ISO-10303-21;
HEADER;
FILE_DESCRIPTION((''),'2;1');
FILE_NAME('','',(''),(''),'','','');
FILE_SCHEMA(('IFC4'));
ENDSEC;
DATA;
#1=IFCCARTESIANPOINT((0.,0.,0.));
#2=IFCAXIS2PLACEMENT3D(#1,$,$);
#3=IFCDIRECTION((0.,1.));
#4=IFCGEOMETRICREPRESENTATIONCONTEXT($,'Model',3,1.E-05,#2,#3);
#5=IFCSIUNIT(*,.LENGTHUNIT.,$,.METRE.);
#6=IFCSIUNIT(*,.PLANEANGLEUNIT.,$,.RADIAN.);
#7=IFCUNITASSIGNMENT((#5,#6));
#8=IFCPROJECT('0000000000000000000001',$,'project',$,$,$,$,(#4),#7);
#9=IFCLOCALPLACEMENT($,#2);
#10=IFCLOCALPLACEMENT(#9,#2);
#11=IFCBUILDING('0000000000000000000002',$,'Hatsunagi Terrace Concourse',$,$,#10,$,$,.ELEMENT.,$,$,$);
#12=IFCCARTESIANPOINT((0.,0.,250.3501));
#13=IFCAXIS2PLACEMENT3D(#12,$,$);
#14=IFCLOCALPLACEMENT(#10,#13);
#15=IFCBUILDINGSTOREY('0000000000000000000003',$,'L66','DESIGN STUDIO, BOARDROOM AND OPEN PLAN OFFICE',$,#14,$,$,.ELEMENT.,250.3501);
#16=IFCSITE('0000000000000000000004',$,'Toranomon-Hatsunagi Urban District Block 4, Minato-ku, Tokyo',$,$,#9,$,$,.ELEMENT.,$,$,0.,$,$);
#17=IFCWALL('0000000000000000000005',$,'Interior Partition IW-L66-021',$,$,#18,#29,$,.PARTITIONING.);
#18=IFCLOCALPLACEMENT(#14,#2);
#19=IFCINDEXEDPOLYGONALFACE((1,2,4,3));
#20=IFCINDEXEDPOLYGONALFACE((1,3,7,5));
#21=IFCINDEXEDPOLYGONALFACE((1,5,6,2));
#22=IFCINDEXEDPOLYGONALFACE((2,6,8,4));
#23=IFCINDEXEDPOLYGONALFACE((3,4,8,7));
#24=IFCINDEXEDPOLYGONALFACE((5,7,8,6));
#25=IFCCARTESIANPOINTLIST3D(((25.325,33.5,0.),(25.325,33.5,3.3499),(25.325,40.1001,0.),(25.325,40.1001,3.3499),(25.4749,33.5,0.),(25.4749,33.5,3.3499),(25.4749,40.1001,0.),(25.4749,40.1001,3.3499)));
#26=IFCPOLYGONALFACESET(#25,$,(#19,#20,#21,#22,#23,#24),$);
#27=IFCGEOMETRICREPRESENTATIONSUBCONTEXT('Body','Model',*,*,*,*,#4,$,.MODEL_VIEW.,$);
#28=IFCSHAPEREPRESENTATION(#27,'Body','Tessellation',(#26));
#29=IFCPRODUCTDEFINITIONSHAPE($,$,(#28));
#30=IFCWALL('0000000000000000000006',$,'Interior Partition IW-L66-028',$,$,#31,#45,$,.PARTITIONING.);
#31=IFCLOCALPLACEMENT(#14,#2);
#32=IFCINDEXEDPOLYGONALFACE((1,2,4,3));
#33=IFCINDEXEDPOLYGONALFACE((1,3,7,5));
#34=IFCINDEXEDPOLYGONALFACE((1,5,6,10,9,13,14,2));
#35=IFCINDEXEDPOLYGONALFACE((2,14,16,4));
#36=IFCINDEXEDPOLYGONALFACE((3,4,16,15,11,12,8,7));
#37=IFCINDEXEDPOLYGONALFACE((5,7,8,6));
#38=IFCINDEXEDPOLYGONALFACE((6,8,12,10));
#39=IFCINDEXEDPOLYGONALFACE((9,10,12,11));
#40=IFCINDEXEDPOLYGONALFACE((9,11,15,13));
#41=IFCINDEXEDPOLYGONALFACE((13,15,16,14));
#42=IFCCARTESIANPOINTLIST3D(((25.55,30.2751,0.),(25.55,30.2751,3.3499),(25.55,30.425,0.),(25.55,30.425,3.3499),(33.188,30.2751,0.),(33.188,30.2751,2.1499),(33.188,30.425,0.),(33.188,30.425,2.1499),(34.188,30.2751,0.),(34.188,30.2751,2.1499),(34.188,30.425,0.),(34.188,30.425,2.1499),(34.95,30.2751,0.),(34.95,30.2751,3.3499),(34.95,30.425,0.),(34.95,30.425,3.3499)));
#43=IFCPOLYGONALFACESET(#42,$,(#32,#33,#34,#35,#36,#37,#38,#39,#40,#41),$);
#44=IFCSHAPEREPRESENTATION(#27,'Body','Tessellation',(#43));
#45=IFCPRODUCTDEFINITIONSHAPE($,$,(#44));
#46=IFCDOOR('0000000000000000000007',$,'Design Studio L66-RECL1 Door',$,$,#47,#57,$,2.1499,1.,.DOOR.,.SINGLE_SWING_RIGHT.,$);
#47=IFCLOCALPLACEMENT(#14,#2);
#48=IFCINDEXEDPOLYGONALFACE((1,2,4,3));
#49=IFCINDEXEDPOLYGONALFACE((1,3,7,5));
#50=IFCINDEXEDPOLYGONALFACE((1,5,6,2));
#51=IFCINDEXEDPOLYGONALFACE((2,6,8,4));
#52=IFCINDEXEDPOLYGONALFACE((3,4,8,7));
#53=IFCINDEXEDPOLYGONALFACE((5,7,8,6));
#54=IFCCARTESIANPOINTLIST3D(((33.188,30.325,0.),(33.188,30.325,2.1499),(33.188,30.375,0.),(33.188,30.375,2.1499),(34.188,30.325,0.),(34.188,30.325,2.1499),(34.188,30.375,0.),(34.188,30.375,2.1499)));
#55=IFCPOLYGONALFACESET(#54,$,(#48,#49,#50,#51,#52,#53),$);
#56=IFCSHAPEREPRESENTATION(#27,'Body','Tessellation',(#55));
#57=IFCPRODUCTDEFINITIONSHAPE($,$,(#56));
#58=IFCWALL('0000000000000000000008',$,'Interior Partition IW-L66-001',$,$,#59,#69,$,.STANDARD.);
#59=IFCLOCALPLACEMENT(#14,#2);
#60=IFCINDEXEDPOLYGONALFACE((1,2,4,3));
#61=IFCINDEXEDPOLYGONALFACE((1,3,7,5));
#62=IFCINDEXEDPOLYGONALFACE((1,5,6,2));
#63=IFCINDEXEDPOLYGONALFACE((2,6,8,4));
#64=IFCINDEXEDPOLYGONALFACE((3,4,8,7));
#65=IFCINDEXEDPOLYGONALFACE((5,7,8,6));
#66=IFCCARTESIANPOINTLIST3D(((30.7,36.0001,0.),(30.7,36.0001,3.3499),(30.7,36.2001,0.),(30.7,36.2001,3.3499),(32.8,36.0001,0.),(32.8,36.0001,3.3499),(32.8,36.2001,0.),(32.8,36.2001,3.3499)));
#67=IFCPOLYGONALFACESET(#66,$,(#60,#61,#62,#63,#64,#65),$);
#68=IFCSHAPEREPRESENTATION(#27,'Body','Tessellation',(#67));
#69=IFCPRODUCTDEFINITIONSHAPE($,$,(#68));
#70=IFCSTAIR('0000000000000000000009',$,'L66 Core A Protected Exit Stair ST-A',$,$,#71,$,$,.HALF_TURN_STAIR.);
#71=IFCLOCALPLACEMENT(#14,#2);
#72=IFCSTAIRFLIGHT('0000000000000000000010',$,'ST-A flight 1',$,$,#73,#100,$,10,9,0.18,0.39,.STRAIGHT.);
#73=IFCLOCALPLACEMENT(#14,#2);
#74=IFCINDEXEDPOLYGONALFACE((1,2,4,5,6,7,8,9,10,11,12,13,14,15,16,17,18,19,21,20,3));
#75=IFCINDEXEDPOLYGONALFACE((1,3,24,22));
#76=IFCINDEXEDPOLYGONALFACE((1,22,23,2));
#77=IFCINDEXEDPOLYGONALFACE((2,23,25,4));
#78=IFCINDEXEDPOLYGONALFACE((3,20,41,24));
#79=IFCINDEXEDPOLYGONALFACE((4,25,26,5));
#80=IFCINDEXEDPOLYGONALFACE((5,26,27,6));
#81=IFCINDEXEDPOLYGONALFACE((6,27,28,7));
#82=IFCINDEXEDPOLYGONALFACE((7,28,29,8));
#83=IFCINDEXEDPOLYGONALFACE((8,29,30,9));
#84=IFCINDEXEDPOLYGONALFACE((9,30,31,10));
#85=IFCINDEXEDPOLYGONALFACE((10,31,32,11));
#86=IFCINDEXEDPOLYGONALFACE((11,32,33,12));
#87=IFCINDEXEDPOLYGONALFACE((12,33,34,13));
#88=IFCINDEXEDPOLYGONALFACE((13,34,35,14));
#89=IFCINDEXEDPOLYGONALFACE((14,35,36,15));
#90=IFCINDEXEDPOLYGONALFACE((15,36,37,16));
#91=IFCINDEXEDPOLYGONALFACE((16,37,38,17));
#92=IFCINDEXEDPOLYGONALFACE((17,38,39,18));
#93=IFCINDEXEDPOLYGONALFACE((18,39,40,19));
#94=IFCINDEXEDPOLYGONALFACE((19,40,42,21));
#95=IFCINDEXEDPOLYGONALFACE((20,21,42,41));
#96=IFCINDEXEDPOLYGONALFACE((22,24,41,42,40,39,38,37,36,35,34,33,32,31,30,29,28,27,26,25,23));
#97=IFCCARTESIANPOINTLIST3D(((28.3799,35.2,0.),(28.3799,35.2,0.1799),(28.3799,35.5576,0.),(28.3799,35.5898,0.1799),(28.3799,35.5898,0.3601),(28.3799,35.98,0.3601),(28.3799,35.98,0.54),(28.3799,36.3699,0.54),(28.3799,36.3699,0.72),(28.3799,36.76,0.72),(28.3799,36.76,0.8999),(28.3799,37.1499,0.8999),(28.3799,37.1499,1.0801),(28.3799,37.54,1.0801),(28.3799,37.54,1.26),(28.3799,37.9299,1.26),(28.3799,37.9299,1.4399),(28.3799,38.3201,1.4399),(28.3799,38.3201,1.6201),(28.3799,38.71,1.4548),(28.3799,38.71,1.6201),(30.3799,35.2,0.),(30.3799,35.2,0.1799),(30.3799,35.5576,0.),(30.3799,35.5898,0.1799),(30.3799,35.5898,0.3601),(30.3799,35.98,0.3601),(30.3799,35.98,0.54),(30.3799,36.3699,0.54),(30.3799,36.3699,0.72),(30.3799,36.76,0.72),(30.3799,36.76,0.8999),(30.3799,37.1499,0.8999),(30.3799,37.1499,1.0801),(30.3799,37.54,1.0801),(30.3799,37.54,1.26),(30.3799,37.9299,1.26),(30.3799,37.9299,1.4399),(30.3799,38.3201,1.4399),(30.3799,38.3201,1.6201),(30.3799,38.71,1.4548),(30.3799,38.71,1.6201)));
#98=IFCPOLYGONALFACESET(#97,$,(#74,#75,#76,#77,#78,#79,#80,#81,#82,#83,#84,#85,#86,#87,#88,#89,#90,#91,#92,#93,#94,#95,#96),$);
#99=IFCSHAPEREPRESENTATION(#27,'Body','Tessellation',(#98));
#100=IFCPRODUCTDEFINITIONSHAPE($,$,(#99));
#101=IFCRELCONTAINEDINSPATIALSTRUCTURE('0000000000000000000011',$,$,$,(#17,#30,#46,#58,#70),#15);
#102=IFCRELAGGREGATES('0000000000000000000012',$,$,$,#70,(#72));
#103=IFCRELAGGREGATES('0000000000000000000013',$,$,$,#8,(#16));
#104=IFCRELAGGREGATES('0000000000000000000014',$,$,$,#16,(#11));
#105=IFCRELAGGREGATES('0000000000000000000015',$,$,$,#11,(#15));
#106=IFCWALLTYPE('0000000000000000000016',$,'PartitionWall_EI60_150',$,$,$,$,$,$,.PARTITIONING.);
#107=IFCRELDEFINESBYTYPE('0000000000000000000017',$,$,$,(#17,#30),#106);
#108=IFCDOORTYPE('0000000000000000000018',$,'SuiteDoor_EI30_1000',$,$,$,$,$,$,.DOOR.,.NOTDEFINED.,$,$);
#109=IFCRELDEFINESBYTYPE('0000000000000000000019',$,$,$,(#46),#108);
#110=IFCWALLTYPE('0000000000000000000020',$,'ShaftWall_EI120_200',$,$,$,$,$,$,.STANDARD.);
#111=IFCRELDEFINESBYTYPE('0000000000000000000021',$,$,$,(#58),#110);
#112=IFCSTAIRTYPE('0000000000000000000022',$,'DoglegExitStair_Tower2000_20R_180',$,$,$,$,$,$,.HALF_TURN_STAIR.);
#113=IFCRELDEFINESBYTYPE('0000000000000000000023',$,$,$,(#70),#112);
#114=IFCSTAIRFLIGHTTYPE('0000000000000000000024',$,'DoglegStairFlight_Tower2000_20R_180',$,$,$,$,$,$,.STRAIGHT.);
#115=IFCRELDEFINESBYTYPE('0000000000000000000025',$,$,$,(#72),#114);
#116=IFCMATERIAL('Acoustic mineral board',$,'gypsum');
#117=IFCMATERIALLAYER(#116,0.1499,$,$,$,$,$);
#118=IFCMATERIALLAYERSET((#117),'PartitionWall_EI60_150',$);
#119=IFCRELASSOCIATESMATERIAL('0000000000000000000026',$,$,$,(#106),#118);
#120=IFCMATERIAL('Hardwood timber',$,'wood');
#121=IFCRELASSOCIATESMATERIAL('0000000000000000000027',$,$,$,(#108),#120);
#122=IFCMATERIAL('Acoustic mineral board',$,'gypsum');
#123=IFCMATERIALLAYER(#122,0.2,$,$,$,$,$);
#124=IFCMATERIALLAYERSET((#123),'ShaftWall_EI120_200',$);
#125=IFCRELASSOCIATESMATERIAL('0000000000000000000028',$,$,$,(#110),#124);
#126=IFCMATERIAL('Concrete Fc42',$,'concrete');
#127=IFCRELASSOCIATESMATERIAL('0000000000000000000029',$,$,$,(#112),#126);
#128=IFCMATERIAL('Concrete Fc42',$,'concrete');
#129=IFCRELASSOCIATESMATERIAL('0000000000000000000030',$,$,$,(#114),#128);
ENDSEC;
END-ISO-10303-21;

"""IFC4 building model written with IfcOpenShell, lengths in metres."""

from ifc_helpers import new_model, si_unit, direction, frame, frame_2d, origin, place, context, subcontext, project, spatial, polyline, rectangle, outline, extrude, material, layer, layer_set, type_object, element, fill, aggregate, save


model = new_model("IFC4")

# Units and contexts
model_context = context("Model", 3, precision=1e-05, world=origin(), true_north=direction((0.0, 1.0)))
body_context = subcontext(model_context, "Body", "Model", "MODEL_VIEW")
ifc_project = project(units=[si_unit("LENGTHUNIT", "METRE"), si_unit("PLANEANGLEUNIT", "RADIAN")], contexts=[model_context])

# Site, building, storey
site_placement = place(None, origin())
site = spatial("IfcSite", under=ifc_project, at=site_placement, Name="Toranomon-Hatsunagi Urban District Block 4, Minato-ku, Tokyo", CompositionType="ELEMENT", RefElevation=0.0)
building_placement = place(site_placement, origin())
building = spatial("IfcBuilding", under=site, at=building_placement, Name="Hatsunagi Terrace Concourse", CompositionType="ELEMENT")
storey_placement = place(building_placement, frame((0.0, 0.0, 250.3501)))
storey = spatial("IfcBuildingStorey", under=building, at=storey_placement, Name="L66", Description="DESIGN STUDIO, BOARDROOM AND OPEN PLAN OFFICE", CompositionType="ELEMENT", Elevation=250.3501)

# Wall
ifc_material_1 = material(Name="Acoustic mineral board", Category="gypsum")
ifc_layer_1 = layer(ifc_material_1, 0.1499)
ifc_layer_set_1 = layer_set([ifc_layer_1], Name="PartitionWall_EI60_150")
wall_type_1 = type_object("IfcWallType", Name="PartitionWall_EI60_150", PredefinedType="PARTITIONING", material=ifc_layer_set_1)
wall_1_placement = place(storey_placement, frame((25.3999, 33.5, 0.0), z_axis=(0.0, 0.0, 1.0), x_axis=(0.0, 1.0, 0.0)))
element("IfcWall", 1, at=wall_1_placement, inside=storey, type_object=wall_type_1, Name="Interior Partition IW-L66-021", PredefinedType="PARTITIONING", context=body_context, shape_type="SweptSolid", body=[
    extrude(rectangle(XDim=6.6001, YDim=0.1499, at=frame_2d((3.3, 0.0))), origin(), (0.0, 0.0, 1.0), 3.3499),
])

# Wall, opening, door
wall_2_placement = place(storey_placement, frame((25.55, 30.3501, 0.0), z_axis=(0.0, 0.0, 1.0), x_axis=(1.0, 0.0, 0.0)))
wall_2 = element("IfcWall", 2, at=wall_2_placement, inside=storey, type_object=wall_type_1, Name="Interior Partition IW-L66-028", PredefinedType="PARTITIONING", context=body_context, shape_type="SweptSolid", body=[
    extrude(rectangle(XDim=9.3999, YDim=0.1499, at=frame_2d((4.7, 0.0))), origin(), (0.0, 0.0, 1.0), 3.3499),
])
opening_1_placement = place(wall_2_placement, frame((7.6379, 0.0, 0.0)))
opening_1 = element("IfcOpeningElement", 3, at=opening_1_placement, cuts=wall_2, PredefinedType="OPENING", context=body_context, shape_type="SweptSolid", body=[
    extrude(rectangle(XDim=1.0, YDim=2.1499, at=frame_2d((0.5, 1.075))), frame((0.0, 0.085, 0.0), z_axis=(0.0, -1.0, 0.0), x_axis=(1.0, 0.0, 0.0)), (0.0, 0.0, 1.0), 0.1699),
])
ifc_material_2 = material(Name="Hardwood timber", Category="wood")
door_type_1 = type_object("IfcDoorType", Name="SuiteDoor_EI30_1000", OperationType="NOTDEFINED", PredefinedType="DOOR", material=ifc_material_2)
door_1_placement = place(opening_1_placement, origin())
door_1 = element("IfcDoor", 4, at=door_1_placement, inside=storey, type_object=door_type_1, Name="Design Studio L66-RECL1 Door", OperationType="SINGLE_SWING_RIGHT", OverallHeight=2.1499, OverallWidth=1.0, PredefinedType="DOOR", context=body_context, shape_type="SweptSolid", body=[
    extrude(rectangle(XDim=1.0, YDim=2.1499, at=frame_2d((0.5, 1.075))), frame((0.0, 0.0249, 0.0), z_axis=(0.0, -1.0, 0.0), x_axis=(1.0, 0.0, 0.0)), (0.0, 0.0, 1.0), 0.05),
])
fill(opening_1, door_1)

# Wall
ifc_material_3 = material(Name="Acoustic mineral board", Category="gypsum")
ifc_layer_2 = layer(ifc_material_3, 0.2)
ifc_layer_set_2 = layer_set([ifc_layer_2], Name="ShaftWall_EI120_200")
wall_type_2 = type_object("IfcWallType", Name="ShaftWall_EI120_200", PredefinedType="STANDARD", material=ifc_layer_set_2)
wall_3_placement = place(storey_placement, frame((30.7, 36.1001, 0.0), z_axis=(0.0, 0.0, 1.0), x_axis=(1.0, 0.0, 0.0)))
element("IfcWall", 5, at=wall_3_placement, inside=storey, type_object=wall_type_2, Name="Interior Partition IW-L66-001", PredefinedType="STANDARD", context=body_context, shape_type="SweptSolid", body=[
    extrude(rectangle(XDim=2.1001, YDim=0.2, at=frame_2d((1.05, 0.0))), origin(), (0.0, 0.0, 1.0), 3.3499),
])

# Stair, stair flight
ifc_material_4 = material(Name="Concrete Fc42", Category="concrete")
stair_type = type_object("IfcStairType", Name="DoglegExitStair_Tower2000_20R_180", PredefinedType="HALF_TURN_STAIR", material=ifc_material_4)
stair_placement = place(storey_placement, origin())
stair = element("IfcStair", 6, at=stair_placement, inside=storey, type_object=stair_type, Name="L66 Core A Protected Exit Stair ST-A", PredefinedType="HALF_TURN_STAIR")
ifc_material_5 = material(Name="Concrete Fc42", Category="concrete")
stair_flight_type = type_object("IfcStairFlightType", Name="DoglegStairFlight_Tower2000_20R_180", PredefinedType="STRAIGHT", material=ifc_material_5)
stair_flight_placement = place(storey_placement, frame((29.3799, 35.2, 0.0), z_axis=(0.0, 0.0, 1.0), x_axis=(0.0, 1.0, 0.0)))
stair_flight = element("IfcStairFlight", 7, at=stair_flight_placement, type_object=stair_flight_type, Name="ST-A flight 1", NumberOfRisers=10, NumberOfTreads=9, PredefinedType="STRAIGHT", RiserHeight=0.18, TreadLength=0.39, context=body_context, shape_type="SweptSolid", body=[
    extrude(outline(polyline([(0.0, 0.0), (0.0, 0.1799), (0.3899, 0.1799), (0.3899, 0.3601), (0.78, 0.3601), (0.78, 0.54), (1.1699, 0.54), (1.1699, 0.72), (1.5601, 0.72), (1.5601, 0.8999), (1.95, 0.8999), (1.95, 1.0801), (2.3401, 1.0801), (2.3401, 1.26), (2.73, 1.26), (2.73, 1.4399), (3.1201, 1.4399), (3.1201, 1.6201), (3.51, 1.6201), (3.51, 1.8), (3.51, 1.4548), (0.3577, 0.0), (0.0, 0.0)])), frame((0.0, 1.0, 0.0), z_axis=(0.0, -1.0, 0.0), x_axis=(1.0, 0.0, 0.0)), (0.0, 0.0, 1.0), 2.0),
])
aggregate(stair, [stair_flight])

save(model, "model.ifc")
